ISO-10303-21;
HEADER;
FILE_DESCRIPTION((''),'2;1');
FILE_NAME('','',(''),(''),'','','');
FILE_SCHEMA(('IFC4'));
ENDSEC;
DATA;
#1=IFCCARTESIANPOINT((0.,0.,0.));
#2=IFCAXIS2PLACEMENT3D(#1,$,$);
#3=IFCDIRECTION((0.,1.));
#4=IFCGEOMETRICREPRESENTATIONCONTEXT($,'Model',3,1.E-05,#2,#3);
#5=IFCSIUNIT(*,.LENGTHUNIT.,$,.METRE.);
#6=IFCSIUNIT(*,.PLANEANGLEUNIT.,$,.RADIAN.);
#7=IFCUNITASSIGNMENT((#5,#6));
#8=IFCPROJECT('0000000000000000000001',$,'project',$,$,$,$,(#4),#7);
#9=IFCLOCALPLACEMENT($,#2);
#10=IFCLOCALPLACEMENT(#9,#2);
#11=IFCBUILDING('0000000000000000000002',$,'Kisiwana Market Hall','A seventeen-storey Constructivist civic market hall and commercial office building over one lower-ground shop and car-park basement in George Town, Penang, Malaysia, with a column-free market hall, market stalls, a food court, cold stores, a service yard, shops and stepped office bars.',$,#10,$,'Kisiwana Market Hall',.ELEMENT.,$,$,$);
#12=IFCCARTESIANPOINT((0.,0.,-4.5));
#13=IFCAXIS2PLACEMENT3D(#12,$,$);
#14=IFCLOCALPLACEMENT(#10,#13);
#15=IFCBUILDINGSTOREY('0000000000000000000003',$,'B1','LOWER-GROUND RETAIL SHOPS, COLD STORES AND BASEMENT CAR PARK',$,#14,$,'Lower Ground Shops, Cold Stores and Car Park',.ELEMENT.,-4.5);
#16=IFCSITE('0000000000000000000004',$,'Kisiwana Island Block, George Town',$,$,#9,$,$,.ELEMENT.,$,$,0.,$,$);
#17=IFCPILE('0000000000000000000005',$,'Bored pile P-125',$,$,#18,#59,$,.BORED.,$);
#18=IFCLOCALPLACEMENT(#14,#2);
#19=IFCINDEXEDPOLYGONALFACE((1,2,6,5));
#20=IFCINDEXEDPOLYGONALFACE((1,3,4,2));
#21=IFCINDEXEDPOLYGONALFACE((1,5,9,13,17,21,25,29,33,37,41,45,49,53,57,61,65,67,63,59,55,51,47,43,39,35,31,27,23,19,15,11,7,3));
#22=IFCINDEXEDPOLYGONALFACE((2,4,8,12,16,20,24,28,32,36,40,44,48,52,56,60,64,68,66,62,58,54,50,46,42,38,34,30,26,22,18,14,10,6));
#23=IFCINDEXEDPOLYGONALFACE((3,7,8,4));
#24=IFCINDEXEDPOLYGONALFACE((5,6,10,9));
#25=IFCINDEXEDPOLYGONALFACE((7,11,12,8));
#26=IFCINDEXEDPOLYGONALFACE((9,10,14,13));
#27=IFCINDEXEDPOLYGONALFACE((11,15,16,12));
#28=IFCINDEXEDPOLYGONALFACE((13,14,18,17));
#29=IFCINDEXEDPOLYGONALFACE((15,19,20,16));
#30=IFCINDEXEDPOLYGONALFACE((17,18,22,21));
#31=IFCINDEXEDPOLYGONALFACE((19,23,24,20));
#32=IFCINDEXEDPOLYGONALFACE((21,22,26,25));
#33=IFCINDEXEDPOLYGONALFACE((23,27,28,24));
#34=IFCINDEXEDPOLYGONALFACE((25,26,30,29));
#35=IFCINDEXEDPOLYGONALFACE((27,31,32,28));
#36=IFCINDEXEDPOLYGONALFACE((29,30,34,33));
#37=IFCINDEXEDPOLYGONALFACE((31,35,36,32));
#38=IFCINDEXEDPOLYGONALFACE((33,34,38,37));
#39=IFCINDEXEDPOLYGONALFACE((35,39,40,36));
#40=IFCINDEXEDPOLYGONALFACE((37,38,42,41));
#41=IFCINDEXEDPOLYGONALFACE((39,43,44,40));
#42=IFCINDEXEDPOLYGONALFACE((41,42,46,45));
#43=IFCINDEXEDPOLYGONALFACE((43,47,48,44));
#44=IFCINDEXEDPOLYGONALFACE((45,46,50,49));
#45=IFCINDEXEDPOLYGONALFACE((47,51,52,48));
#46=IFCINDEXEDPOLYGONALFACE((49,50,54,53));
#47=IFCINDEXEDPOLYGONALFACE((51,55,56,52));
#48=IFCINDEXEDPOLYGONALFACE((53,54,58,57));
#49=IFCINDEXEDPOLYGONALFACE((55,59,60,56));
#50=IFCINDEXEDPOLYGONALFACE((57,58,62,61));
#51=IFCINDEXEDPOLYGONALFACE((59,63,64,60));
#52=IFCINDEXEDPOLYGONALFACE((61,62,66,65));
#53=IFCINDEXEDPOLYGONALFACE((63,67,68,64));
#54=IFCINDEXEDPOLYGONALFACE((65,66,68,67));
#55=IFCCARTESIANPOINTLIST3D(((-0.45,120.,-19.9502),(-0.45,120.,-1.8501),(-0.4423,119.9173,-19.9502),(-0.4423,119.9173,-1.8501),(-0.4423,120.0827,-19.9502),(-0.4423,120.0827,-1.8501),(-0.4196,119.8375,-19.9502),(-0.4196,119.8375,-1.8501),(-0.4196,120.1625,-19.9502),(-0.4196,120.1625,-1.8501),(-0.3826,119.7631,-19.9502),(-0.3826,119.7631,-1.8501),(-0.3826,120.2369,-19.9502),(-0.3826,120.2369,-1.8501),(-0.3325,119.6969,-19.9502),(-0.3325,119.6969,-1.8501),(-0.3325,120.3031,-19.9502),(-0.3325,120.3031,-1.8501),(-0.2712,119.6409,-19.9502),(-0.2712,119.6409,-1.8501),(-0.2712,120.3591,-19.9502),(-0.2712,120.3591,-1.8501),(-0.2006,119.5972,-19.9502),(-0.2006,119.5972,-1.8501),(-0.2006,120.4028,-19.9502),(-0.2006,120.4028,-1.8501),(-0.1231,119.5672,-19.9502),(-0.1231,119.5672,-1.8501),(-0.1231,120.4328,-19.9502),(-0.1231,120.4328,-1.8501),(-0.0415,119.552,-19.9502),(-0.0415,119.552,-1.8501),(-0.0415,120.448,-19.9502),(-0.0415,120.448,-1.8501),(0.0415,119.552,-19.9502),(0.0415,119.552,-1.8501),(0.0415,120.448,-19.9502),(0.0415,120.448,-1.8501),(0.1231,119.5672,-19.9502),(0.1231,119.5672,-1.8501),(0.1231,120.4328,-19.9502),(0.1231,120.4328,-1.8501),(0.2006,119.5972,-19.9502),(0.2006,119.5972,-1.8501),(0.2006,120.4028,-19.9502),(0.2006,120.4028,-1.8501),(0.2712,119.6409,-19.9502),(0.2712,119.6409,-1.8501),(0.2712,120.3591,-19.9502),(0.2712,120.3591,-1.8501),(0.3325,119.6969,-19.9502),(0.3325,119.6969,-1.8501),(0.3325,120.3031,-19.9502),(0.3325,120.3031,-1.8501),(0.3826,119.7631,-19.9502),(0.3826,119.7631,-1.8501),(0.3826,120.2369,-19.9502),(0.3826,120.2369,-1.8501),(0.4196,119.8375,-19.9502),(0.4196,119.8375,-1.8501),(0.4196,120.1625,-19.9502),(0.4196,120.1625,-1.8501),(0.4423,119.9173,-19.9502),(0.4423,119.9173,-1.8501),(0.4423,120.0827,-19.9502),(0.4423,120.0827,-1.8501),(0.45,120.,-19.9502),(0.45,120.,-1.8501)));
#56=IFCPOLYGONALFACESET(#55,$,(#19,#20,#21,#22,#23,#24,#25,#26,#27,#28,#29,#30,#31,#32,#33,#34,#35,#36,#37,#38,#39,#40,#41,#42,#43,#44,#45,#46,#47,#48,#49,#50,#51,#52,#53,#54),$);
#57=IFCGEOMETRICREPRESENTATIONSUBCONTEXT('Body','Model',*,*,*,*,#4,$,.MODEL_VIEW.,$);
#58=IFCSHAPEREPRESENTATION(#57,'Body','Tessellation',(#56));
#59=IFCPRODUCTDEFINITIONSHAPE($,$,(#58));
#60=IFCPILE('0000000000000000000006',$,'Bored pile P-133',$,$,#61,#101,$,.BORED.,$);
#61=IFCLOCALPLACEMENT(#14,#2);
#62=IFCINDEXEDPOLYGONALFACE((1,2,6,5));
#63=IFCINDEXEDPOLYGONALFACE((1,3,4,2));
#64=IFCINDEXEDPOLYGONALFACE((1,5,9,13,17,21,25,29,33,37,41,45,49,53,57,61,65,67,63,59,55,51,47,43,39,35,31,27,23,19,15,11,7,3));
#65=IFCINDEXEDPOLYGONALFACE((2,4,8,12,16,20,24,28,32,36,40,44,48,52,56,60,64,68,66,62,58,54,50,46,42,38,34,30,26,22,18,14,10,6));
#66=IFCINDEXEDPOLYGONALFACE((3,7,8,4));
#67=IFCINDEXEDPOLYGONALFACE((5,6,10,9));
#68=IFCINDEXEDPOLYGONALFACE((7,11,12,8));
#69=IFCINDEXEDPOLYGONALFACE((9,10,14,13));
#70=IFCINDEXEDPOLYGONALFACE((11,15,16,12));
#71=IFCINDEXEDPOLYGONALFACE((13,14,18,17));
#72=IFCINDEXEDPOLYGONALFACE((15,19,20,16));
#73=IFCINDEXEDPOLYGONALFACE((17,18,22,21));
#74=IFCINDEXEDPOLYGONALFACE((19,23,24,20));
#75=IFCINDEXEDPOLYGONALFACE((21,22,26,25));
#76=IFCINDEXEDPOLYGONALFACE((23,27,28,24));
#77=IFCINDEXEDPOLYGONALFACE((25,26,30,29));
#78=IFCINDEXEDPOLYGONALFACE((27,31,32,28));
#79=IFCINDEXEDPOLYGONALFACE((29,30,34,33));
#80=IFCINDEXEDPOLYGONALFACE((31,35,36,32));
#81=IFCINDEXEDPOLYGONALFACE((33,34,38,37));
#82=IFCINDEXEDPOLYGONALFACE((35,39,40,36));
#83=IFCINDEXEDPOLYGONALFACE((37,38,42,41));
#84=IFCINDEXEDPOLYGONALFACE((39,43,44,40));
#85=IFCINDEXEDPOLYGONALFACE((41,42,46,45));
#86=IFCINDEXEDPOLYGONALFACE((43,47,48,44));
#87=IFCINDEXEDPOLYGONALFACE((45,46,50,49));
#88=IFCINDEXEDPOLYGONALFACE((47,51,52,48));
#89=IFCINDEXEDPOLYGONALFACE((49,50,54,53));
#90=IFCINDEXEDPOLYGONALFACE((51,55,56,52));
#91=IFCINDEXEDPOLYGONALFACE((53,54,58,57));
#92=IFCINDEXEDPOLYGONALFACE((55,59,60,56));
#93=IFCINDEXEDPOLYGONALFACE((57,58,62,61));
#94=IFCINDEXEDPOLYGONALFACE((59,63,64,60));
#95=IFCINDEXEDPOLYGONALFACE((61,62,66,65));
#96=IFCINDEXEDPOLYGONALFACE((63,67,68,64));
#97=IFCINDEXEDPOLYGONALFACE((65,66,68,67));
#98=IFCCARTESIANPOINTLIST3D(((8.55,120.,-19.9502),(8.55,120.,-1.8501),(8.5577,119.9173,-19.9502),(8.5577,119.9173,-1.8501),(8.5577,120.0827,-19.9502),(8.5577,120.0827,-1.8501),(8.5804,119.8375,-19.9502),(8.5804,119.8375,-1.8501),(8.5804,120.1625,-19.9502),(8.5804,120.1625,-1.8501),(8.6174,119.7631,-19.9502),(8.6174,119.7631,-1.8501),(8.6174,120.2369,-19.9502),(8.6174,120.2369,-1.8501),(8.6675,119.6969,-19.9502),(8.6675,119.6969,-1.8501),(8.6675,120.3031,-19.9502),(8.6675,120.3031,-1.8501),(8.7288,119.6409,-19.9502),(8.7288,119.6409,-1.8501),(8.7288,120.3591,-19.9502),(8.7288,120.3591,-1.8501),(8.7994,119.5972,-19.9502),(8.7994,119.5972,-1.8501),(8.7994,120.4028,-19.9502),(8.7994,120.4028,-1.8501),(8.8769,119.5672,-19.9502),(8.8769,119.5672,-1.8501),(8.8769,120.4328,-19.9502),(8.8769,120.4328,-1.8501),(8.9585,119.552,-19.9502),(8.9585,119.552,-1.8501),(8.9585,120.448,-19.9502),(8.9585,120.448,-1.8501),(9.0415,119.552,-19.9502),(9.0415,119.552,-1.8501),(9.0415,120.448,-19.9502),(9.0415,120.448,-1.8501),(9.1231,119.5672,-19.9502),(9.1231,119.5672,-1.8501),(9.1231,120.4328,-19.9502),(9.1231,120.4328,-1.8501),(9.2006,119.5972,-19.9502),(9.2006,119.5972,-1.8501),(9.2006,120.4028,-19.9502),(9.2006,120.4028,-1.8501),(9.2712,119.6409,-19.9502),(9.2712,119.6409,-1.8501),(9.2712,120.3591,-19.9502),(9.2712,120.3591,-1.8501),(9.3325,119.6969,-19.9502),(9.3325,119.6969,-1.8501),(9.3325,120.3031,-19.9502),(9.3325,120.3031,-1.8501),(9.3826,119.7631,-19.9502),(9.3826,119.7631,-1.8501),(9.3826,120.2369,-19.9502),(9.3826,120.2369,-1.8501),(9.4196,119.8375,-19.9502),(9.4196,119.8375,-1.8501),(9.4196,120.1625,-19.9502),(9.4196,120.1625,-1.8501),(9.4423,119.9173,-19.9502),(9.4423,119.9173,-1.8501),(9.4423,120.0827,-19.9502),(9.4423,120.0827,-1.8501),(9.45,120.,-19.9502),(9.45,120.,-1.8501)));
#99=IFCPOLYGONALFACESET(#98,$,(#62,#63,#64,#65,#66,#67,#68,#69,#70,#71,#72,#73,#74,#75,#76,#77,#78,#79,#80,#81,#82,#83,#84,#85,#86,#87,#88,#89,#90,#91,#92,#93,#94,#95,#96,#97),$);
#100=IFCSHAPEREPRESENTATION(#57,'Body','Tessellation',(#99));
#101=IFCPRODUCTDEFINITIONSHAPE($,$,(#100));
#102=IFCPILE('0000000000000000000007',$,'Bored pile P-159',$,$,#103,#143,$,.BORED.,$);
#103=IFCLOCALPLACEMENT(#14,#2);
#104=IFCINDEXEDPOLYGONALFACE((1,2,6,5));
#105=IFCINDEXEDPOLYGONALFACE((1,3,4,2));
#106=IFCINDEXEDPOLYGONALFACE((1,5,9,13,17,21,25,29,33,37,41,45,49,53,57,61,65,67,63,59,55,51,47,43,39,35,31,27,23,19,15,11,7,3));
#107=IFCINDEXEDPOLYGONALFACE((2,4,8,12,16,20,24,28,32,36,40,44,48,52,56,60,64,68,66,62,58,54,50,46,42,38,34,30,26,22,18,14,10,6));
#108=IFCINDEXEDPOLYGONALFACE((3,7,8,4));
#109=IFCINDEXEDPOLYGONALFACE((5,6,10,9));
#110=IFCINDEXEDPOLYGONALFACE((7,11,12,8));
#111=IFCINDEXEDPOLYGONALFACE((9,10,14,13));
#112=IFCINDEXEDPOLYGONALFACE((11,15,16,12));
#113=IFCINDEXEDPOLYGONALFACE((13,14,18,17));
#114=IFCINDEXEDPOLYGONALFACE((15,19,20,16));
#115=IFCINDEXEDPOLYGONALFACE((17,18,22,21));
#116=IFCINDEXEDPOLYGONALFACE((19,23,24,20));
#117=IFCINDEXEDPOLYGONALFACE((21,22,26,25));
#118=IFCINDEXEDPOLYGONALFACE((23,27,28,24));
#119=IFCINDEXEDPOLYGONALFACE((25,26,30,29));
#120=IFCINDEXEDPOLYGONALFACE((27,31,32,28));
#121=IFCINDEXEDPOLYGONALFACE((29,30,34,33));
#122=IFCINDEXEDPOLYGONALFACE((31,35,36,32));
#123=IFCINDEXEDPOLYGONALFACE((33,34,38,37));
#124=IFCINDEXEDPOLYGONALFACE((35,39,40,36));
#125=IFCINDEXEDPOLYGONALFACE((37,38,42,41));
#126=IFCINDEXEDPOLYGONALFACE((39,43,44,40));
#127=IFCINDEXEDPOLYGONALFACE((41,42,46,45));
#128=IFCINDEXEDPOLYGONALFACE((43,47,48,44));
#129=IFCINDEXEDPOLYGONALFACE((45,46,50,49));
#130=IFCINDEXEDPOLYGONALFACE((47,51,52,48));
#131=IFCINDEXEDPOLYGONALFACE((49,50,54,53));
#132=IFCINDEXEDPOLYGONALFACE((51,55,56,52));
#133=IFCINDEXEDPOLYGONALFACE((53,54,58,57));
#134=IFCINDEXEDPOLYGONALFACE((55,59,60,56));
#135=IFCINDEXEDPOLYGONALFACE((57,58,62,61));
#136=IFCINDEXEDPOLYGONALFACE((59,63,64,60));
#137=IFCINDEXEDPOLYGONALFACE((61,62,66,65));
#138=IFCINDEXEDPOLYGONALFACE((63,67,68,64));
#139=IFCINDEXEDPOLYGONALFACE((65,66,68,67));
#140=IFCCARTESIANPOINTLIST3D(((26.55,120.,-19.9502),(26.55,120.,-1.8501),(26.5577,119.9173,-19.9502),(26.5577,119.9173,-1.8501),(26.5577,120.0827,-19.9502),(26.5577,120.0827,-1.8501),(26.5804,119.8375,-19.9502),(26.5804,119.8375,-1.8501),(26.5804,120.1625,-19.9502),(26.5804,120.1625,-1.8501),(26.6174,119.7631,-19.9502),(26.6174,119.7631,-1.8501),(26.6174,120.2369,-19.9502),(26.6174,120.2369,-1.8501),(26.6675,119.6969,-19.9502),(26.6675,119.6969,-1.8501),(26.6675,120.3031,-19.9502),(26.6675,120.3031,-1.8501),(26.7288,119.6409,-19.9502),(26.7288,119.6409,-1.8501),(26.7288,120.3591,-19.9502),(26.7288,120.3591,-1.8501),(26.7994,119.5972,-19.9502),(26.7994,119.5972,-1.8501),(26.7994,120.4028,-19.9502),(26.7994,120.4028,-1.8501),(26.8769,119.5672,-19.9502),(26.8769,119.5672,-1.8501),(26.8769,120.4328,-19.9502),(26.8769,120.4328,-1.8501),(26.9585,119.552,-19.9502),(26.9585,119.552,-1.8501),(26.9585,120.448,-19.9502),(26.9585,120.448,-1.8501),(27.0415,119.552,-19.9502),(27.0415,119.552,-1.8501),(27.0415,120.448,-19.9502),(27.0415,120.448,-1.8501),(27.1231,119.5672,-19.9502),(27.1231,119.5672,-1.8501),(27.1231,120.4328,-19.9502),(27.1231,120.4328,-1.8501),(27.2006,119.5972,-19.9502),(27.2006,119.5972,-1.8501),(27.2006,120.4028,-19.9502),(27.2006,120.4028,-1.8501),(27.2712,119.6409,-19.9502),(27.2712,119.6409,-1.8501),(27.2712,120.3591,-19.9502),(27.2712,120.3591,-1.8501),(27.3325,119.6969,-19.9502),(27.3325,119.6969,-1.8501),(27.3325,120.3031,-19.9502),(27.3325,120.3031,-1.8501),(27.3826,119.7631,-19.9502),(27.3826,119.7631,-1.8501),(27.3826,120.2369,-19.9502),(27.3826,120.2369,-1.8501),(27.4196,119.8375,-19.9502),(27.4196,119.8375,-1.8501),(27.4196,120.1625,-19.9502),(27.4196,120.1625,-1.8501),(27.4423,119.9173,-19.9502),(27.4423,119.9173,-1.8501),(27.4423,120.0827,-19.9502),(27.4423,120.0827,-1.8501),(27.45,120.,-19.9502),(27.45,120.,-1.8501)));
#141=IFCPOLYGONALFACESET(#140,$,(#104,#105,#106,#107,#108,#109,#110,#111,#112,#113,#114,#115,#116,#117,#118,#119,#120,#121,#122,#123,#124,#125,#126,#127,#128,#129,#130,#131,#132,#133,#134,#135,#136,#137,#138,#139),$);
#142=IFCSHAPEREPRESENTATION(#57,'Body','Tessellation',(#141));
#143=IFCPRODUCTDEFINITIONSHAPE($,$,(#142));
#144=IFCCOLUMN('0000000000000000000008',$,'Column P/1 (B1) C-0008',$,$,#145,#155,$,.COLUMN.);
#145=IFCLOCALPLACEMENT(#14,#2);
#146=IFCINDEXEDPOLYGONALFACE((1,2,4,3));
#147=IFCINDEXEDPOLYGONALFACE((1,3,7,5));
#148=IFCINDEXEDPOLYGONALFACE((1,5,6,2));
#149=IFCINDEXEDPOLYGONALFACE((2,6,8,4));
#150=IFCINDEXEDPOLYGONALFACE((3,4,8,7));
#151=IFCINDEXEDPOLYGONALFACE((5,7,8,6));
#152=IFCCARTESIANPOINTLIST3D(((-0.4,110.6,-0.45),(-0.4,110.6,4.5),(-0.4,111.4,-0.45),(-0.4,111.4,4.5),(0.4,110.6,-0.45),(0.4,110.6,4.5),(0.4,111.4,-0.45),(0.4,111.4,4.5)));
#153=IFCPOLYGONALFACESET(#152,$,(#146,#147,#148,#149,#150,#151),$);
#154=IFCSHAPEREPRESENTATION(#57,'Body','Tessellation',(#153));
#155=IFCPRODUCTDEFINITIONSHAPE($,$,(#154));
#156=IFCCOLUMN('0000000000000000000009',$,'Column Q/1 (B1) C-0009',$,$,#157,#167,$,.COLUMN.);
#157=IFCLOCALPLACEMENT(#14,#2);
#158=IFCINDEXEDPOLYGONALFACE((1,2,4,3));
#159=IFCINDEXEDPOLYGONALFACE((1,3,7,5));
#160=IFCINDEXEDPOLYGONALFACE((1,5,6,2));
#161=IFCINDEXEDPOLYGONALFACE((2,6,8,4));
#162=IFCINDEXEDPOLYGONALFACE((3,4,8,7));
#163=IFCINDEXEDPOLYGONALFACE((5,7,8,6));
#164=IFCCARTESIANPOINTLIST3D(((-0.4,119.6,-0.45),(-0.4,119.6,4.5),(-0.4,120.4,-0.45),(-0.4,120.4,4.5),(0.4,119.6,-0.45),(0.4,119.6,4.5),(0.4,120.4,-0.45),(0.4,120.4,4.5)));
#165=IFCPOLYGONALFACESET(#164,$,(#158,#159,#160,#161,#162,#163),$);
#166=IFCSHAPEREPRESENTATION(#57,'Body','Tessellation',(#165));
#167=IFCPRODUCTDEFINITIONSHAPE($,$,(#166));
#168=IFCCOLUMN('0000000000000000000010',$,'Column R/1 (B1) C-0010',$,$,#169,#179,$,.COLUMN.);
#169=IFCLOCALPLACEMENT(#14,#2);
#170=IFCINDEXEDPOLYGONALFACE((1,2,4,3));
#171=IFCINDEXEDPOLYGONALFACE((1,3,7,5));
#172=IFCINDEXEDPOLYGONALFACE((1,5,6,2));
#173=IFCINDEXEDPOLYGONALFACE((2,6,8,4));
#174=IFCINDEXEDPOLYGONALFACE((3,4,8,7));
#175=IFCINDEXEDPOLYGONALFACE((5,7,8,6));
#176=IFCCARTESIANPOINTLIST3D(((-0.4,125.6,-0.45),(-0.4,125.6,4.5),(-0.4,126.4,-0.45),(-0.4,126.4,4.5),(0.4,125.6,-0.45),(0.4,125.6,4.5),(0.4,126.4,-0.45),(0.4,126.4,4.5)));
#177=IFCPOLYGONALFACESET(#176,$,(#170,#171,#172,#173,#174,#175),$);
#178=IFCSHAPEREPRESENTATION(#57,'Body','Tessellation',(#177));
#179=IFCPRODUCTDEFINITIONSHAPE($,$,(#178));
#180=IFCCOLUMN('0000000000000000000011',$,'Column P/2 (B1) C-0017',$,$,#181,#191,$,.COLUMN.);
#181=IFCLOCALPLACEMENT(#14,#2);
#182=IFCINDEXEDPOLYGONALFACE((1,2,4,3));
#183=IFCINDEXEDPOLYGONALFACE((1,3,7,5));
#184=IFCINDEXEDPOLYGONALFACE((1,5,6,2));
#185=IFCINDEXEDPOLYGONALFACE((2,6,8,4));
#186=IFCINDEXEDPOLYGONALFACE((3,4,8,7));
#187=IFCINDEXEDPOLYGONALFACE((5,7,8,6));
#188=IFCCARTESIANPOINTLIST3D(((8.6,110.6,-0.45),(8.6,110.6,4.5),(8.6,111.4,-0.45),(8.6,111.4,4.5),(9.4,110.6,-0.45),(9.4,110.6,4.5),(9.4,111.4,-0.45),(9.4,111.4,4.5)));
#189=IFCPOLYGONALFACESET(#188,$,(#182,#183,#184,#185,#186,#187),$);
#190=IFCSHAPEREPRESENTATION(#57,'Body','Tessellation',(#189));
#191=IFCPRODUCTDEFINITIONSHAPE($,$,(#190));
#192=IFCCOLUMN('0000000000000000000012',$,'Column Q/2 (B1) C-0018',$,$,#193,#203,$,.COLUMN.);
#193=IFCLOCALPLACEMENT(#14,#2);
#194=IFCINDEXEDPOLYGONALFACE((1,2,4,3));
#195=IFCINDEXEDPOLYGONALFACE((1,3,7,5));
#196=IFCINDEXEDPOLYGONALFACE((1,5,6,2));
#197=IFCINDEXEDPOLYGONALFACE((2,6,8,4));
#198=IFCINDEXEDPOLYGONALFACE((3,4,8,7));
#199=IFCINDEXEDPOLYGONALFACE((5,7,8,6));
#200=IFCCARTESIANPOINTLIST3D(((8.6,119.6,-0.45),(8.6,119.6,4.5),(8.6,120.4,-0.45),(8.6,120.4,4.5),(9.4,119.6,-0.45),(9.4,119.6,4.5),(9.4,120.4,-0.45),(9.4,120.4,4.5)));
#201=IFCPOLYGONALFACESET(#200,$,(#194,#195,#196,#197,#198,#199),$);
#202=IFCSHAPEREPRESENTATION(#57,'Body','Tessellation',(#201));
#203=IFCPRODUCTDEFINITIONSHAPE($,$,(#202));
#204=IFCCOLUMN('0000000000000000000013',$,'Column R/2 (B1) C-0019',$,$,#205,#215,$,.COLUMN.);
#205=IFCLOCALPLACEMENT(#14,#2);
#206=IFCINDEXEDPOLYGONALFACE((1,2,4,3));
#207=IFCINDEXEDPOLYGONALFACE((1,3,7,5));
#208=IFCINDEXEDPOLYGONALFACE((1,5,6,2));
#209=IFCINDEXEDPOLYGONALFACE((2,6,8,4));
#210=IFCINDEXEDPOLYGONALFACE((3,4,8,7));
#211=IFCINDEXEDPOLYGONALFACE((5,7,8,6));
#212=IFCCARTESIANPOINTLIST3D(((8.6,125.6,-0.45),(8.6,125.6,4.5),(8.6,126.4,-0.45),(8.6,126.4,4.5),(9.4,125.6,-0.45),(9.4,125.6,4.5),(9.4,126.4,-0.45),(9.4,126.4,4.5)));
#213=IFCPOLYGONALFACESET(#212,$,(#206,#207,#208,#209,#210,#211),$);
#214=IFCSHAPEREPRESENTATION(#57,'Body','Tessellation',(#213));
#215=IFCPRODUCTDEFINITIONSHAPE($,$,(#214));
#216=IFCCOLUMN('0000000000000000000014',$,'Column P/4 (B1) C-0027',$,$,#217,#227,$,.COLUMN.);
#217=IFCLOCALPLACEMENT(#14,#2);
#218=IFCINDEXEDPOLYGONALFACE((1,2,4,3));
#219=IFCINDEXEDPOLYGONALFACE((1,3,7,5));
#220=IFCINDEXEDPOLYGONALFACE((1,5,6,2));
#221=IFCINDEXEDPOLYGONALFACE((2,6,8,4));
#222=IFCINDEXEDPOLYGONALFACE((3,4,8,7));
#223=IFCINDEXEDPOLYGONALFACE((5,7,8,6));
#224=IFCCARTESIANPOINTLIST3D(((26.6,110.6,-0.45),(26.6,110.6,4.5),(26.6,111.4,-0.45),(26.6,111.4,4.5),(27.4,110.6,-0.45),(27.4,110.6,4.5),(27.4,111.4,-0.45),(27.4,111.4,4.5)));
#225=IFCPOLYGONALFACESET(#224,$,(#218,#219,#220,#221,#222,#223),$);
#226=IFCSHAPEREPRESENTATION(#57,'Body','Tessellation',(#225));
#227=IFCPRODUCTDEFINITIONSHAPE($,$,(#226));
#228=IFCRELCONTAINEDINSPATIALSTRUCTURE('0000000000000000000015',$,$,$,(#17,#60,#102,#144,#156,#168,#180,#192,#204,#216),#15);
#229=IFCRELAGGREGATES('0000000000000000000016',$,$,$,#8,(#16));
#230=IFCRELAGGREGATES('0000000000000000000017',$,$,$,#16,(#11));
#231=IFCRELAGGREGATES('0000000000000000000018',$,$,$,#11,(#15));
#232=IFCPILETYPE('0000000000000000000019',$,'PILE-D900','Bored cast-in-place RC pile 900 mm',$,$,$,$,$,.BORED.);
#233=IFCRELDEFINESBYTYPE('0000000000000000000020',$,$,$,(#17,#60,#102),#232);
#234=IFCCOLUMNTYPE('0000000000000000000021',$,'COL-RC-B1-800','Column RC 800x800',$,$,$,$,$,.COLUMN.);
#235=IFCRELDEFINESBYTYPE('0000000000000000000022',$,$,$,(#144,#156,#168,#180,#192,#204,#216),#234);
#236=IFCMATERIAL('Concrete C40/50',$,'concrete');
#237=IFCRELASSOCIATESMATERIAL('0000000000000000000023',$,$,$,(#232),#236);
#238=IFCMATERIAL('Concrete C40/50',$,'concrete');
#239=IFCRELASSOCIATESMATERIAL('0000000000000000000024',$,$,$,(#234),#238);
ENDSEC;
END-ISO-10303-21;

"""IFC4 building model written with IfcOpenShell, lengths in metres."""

from ifc_helpers import new_model, si_unit, direction, frame, origin, origin_2d, place, context, subcontext, project, spatial, rectangle, circle, extrude, material, material_profile, profile_set, type_object, element, save


model = new_model("IFC4")

# Units and contexts
model_context = context("Model", 3, precision=1e-05, world=origin(), true_north=direction((0.0, 1.0)))
body_context = subcontext(model_context, "Body", "Model", "MODEL_VIEW")
ifc_project = project(units=[si_unit("LENGTHUNIT", "METRE"), si_unit("PLANEANGLEUNIT", "RADIAN")], contexts=[model_context])

# Site, building, storey
site_placement = place(None, origin())
site = spatial("IfcSite", under=ifc_project, at=site_placement, Name="Kisiwana Island Block, George Town", CompositionType="ELEMENT", RefElevation=0.0)
building_placement = place(site_placement, origin())
building = spatial("IfcBuilding", under=site, at=building_placement, Name="Kisiwana Market Hall", Description="A seventeen-storey Constructivist civic market hall and commercial office building over one lower-ground shop and car-park basement in George Town, Penang, Malaysia, with a column-free market hall, market stalls, a food court, cold stores, a service yard, shops and stepped office bars.", LongName="Kisiwana Market Hall", CompositionType="ELEMENT")
storey_placement = place(building_placement, frame((0.0, 0.0, -4.5)))
storey = spatial("IfcBuildingStorey", under=building, at=storey_placement, Name="B1", Description="LOWER-GROUND RETAIL SHOPS, COLD STORES AND BASEMENT CAR PARK", LongName="Lower Ground Shops, Cold Stores and Car Park", CompositionType="ELEMENT", Elevation=-4.5)

# Piles
ifc_material_1 = material(Name="Concrete C40/50", Category="concrete")
ifc_material_profile_1 = material_profile(ifc_material_1, circle(Radius=0.45, at=origin_2d()), Name="BP D900")
ifc_profile_set_1 = profile_set([ifc_material_profile_1], Name="Concrete C40/50")
pile_type_1 = type_object("IfcPileType", Name="PILE-D900", Description="Bored cast-in-place RC pile 900 mm", PredefinedType="BORED", material=ifc_profile_set_1)
for number, where, z_axis, x_axis, name in (
    (1, (0.0, 120.0, -1.8501), (0.0, 0.0, -1.0), (1.0, 0.0, 0.0), "Bored pile P-125"),
    (2, (9.0, 120.0, -1.8501), (0.0, 0.0, -1.0), (1.0, 0.0, 0.0), "Bored pile P-133"),
    (3, (27.0, 120.0, -1.8501), (0.0, 0.0, -1.0), (1.0, 0.0, 0.0), "Bored pile P-159"),
):
    element("IfcPile", number, at=place(storey_placement, frame(where, z_axis=z_axis, x_axis=x_axis)), inside=storey, type_object=pile_type_1, Name=name, PredefinedType="BORED", context=body_context, shape_type="SweptSolid", body=[
        extrude(circle(Radius=0.45, at=origin_2d()), origin(), (0.0, 0.0, 1.0), 18.1001),
    ])

# Columns
ifc_material_2 = material(Name="Concrete C40/50", Category="concrete")
ifc_material_profile_2 = material_profile(ifc_material_2, rectangle(XDim=0.8, YDim=0.8, at=origin_2d()), Name="RC 800x800")
ifc_profile_set_2 = profile_set([ifc_material_profile_2], Name="Concrete C40/50")
column_type = type_object("IfcColumnType", Name="COL-RC-B1-800", Description="Column RC 800x800", PredefinedType="COLUMN", material=ifc_profile_set_2)
for number, where, z_axis, x_axis, name in (
    (4, (0.0, 111.0, -0.45), (0.0, 0.0, 1.0), (1.0, 0.0, 0.0), "Column P/1 (B1) C-0008"),
    (5, (0.0, 120.0, -0.45), (0.0, 0.0, 1.0), (1.0, 0.0, 0.0), "Column Q/1 (B1) C-0009"),
    (6, (0.0, 126.0, -0.45), (0.0, 0.0, 1.0), (1.0, 0.0, 0.0), "Column R/1 (B1) C-0010"),
    (7, (9.0, 111.0, -0.45), (0.0, 0.0, 1.0), (1.0, 0.0, 0.0), "Column P/2 (B1) C-0017"),
    (8, (9.0, 120.0, -0.45), (0.0, 0.0, 1.0), (1.0, 0.0, 0.0), "Column Q/2 (B1) C-0018"),
    (9, (9.0, 126.0, -0.45), (0.0, 0.0, 1.0), (1.0, 0.0, 0.0), "Column R/2 (B1) C-0019"),
    (10, (27.0, 111.0, -0.45), (0.0, 0.0, 1.0), (1.0, 0.0, 0.0), "Column P/4 (B1) C-0027"),
):
    element("IfcColumn", number, at=place(storey_placement, frame(where, z_axis=z_axis, x_axis=x_axis)), inside=storey, type_object=column_type, Name=name, PredefinedType="COLUMN", context=body_context, shape_type="SweptSolid", body=[
        extrude(rectangle(XDim=0.8, YDim=0.8, at=origin_2d()), origin(), (0.0, 0.0, 1.0), 4.95),
    ])

save(model, "model.ifc")
